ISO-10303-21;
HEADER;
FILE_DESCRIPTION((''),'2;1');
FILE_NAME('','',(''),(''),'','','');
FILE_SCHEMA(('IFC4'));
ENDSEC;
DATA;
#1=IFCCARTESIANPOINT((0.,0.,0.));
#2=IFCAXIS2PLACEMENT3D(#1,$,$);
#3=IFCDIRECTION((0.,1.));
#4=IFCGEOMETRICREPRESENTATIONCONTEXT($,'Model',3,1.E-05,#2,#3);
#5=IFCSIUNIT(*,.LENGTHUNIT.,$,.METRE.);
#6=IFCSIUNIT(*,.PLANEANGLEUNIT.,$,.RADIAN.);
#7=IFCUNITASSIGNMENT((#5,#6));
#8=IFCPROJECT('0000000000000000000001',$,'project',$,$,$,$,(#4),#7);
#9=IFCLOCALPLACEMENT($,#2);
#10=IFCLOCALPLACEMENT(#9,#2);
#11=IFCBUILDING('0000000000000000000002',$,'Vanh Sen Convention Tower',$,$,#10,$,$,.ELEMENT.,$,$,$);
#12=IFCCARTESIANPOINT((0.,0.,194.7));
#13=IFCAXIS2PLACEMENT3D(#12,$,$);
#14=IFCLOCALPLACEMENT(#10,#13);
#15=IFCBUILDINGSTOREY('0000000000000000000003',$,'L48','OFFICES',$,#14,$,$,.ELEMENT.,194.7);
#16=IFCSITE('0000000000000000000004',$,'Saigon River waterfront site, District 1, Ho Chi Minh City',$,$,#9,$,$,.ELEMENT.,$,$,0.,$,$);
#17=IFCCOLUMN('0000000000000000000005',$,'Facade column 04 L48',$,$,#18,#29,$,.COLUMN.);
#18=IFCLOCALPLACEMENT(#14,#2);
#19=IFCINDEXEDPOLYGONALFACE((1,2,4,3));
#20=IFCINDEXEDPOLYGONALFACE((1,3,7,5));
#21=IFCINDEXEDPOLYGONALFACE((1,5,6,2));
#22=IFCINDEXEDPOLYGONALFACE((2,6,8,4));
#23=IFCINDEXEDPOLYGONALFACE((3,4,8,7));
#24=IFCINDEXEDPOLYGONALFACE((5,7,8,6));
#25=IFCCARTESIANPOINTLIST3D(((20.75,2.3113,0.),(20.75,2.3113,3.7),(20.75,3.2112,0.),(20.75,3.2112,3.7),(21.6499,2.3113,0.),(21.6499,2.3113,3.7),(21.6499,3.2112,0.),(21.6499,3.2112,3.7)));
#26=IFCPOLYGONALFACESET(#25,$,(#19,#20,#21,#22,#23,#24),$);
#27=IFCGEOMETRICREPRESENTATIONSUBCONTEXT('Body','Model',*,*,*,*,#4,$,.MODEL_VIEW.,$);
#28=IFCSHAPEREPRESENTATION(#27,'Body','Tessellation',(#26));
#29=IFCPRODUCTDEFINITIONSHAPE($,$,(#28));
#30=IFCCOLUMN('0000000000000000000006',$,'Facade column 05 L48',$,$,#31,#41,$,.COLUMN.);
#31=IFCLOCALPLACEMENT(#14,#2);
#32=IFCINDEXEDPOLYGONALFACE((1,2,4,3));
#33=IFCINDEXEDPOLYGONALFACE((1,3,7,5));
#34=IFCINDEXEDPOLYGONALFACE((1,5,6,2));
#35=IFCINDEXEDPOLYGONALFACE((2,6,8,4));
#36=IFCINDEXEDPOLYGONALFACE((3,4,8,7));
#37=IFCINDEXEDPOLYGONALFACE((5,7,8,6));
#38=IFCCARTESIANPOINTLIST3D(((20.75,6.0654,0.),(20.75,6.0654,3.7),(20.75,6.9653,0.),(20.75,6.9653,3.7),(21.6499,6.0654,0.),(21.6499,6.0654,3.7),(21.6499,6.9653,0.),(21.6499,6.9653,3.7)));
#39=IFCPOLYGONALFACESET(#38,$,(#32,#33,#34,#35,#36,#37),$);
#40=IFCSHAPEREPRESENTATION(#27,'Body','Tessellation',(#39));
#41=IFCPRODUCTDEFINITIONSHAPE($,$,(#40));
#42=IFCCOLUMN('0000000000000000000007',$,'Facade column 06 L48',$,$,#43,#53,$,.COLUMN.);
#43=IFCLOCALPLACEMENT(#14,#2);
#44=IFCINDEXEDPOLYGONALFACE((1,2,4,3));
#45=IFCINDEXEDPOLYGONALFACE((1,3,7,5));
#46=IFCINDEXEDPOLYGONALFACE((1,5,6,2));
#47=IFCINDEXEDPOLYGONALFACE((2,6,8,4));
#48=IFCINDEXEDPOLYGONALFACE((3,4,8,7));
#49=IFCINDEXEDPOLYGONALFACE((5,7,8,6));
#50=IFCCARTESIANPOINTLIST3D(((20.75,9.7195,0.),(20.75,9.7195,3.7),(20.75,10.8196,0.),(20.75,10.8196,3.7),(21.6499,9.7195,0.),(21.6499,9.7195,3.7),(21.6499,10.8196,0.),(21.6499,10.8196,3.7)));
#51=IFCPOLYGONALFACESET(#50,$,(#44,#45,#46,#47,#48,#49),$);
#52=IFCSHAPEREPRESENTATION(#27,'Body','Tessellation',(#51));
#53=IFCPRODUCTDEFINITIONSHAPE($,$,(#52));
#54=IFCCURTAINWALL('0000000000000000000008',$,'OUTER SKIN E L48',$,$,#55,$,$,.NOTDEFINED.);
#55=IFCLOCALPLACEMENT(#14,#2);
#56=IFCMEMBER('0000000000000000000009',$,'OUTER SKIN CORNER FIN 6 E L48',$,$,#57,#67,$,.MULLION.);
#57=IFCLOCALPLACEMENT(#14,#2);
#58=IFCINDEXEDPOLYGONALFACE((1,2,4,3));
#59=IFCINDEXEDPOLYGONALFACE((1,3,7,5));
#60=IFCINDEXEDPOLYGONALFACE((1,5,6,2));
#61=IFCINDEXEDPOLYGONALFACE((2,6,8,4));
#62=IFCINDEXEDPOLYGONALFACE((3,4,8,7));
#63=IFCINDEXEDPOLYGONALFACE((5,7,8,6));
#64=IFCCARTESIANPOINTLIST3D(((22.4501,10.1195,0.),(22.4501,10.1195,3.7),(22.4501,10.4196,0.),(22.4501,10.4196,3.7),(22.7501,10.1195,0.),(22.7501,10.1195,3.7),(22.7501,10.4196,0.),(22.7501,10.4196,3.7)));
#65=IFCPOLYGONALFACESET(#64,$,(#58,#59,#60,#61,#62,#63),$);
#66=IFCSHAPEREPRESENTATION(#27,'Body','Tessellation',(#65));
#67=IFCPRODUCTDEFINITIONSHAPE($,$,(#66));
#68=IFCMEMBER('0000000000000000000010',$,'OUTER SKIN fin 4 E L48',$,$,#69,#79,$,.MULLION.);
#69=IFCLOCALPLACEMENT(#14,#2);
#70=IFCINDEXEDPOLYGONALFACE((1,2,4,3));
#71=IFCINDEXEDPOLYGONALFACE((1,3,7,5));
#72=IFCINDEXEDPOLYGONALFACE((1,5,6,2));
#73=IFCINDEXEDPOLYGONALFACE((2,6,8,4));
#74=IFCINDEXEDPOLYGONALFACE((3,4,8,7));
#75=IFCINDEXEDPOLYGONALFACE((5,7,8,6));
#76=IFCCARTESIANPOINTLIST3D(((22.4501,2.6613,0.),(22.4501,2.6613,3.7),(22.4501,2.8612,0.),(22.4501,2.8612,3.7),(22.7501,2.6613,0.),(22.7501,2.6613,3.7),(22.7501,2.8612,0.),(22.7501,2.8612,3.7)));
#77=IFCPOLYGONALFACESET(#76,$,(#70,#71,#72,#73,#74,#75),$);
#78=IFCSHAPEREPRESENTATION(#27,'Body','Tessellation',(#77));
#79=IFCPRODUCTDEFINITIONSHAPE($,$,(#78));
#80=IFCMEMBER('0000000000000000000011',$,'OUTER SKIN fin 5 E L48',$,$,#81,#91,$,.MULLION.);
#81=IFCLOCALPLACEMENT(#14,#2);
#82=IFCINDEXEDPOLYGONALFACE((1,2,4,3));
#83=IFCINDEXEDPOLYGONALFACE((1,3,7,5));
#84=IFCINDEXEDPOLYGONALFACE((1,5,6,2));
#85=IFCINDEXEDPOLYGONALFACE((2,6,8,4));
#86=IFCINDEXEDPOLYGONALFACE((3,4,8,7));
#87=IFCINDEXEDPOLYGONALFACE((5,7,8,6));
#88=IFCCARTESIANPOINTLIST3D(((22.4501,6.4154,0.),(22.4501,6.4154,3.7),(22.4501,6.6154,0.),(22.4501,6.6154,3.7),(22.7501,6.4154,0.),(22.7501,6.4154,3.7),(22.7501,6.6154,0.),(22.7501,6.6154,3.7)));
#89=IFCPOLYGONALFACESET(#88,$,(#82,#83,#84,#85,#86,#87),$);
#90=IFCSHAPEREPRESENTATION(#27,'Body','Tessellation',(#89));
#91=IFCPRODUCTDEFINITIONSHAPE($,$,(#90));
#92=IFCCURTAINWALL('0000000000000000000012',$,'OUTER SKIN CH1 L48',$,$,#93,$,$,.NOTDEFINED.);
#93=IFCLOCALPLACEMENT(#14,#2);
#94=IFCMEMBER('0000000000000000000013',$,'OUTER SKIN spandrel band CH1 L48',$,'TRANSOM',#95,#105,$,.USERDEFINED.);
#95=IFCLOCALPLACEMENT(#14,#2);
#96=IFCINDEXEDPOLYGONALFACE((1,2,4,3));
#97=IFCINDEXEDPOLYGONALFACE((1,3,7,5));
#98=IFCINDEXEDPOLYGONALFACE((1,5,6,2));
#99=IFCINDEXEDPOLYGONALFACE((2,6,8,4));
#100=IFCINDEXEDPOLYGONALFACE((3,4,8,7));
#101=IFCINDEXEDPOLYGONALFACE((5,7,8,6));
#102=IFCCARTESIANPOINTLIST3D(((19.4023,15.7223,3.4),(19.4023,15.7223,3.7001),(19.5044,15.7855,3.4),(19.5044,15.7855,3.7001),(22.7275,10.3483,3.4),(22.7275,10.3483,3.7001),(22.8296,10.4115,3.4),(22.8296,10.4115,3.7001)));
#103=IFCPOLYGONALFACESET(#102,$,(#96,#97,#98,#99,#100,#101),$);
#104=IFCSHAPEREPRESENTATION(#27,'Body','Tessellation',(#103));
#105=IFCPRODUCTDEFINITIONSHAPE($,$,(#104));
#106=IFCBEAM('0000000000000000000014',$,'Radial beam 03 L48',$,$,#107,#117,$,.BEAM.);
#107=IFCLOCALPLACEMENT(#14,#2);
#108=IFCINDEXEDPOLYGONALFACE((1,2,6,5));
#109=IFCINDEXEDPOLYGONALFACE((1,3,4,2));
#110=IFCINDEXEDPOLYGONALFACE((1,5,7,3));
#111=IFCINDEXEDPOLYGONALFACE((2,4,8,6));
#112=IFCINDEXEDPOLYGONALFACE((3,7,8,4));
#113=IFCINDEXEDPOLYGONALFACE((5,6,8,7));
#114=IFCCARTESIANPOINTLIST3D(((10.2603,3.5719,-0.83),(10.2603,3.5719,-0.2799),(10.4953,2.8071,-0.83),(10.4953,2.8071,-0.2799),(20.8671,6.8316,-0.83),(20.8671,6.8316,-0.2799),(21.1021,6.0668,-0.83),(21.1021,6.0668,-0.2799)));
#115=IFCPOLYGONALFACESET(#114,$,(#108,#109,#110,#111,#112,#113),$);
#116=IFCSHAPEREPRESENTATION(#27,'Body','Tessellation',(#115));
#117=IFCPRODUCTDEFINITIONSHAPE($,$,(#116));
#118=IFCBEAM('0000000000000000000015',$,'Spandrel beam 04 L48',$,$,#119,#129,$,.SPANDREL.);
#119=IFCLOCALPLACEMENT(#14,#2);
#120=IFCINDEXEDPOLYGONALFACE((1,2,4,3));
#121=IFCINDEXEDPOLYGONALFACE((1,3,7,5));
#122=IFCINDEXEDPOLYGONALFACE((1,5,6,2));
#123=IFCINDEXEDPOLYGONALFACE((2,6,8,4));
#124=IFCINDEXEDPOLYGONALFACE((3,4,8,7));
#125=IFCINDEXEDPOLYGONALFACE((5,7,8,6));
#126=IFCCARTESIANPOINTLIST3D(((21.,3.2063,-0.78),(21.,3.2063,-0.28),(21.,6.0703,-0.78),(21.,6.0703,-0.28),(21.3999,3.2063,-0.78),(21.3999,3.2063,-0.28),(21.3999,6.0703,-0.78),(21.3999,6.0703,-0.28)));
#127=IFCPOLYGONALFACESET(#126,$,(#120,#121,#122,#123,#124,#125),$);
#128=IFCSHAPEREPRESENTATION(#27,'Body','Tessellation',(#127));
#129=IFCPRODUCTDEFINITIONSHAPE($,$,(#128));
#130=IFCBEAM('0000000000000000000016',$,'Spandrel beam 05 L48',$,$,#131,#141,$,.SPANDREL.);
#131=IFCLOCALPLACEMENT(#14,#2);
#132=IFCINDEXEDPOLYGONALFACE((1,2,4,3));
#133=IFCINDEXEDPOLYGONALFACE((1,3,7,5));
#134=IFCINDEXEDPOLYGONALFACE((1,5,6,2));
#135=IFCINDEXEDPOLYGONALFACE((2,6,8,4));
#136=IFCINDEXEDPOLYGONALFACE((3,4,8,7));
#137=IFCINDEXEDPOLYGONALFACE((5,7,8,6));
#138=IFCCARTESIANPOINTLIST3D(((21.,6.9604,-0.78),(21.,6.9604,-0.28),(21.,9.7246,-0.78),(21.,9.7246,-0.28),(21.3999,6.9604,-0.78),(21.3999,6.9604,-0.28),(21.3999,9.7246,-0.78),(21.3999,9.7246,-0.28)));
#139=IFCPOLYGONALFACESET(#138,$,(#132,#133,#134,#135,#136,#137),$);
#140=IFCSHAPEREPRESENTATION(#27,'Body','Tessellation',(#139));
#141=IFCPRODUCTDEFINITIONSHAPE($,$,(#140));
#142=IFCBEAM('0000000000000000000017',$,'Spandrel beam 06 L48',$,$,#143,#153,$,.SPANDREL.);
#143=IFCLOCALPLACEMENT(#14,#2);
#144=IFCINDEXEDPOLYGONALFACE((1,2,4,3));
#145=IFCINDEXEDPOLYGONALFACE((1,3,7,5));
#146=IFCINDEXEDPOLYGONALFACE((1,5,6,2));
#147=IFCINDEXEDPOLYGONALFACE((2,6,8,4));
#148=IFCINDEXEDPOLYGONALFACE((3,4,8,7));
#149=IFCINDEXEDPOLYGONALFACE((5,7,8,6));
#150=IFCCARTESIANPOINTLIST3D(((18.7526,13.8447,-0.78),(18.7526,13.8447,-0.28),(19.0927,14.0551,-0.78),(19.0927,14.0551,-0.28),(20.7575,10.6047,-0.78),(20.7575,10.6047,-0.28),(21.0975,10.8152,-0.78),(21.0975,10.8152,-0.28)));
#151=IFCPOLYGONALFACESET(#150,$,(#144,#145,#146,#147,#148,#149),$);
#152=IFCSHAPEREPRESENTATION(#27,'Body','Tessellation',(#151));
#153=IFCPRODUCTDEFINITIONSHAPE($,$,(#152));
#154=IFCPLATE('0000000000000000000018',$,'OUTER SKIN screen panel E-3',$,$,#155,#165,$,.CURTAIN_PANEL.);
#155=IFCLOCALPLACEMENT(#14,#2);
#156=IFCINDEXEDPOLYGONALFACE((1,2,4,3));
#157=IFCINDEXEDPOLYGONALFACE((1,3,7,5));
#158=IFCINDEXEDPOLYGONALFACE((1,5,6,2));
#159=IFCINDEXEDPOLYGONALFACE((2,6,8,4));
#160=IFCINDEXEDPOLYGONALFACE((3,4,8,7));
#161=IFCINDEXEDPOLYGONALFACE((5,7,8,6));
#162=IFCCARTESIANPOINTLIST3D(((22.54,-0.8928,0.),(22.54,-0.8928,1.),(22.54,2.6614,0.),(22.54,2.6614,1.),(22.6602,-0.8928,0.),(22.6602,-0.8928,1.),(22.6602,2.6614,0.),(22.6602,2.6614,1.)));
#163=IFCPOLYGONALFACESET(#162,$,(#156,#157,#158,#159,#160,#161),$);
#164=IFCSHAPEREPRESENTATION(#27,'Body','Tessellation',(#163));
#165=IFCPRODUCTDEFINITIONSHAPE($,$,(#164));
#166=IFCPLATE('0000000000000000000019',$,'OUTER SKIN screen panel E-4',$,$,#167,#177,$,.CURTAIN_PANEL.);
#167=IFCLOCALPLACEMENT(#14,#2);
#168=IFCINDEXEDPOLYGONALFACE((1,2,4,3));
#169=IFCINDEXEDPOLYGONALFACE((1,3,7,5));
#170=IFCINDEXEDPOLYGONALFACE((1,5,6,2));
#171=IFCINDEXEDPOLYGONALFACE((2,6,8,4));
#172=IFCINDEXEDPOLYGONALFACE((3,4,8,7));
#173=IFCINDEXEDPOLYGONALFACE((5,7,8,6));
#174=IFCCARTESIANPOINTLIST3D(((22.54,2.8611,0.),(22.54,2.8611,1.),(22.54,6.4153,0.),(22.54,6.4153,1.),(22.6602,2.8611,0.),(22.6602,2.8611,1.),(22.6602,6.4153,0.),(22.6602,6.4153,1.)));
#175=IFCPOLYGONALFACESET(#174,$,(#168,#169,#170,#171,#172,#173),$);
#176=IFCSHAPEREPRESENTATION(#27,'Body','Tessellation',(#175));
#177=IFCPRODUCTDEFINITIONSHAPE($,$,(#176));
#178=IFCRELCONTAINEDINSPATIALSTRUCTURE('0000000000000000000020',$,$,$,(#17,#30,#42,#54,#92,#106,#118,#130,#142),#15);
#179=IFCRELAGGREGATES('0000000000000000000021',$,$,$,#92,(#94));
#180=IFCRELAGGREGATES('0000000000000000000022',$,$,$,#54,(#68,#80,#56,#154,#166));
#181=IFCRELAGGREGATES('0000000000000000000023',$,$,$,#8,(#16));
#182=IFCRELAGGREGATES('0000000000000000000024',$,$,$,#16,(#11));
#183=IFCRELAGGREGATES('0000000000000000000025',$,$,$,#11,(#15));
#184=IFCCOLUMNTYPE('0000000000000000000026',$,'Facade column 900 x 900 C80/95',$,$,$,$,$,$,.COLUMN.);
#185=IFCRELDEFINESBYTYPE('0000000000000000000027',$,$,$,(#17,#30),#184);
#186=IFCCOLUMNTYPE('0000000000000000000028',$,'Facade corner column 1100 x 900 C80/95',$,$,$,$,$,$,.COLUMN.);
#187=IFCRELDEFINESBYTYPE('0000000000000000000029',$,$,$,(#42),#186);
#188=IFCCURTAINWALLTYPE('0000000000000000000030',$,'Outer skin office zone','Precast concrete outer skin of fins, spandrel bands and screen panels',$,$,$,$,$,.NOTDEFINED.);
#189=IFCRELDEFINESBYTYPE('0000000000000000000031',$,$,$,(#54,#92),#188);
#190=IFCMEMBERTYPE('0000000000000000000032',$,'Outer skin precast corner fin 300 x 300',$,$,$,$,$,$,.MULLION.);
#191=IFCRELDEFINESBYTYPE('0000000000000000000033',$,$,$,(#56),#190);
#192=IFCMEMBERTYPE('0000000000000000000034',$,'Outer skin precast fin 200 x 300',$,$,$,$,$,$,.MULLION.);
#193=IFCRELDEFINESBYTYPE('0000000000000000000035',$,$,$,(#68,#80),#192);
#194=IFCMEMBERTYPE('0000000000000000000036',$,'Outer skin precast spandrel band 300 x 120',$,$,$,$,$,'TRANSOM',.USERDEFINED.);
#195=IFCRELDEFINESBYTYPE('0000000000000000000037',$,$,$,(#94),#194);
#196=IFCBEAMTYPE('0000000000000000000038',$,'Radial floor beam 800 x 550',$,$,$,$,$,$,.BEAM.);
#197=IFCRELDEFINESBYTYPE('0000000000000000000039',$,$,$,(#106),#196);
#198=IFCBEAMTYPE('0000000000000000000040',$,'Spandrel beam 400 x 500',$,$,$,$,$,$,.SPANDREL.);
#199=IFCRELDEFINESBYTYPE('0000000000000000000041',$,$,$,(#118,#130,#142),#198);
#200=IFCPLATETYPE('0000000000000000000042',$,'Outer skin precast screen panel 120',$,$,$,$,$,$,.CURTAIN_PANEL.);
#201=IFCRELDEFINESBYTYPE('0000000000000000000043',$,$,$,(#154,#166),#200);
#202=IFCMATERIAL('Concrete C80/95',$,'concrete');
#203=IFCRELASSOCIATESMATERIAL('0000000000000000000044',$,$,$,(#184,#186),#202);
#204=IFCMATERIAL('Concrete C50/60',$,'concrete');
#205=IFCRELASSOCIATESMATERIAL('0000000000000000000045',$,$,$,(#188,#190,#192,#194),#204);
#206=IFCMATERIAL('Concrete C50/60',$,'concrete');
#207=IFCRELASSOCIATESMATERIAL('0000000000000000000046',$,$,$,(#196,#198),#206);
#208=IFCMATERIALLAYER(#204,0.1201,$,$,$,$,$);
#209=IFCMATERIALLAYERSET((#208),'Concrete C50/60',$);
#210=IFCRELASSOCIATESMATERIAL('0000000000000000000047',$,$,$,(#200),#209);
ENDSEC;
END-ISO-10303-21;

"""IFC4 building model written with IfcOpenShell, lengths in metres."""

from ifc_helpers import new_model, si_unit, direction, frame, origin, origin_2d, place, context, subcontext, project, spatial, rectangle, extrude, material, layer, layer_set, material_profile, profile_set, type_object, element, aggregate, save


model = new_model("IFC4")

# Units and contexts
model_context = context("Model", 3, precision=1e-05, world=origin(), true_north=direction((0.0, 1.0)))
body_context = subcontext(model_context, "Body", "Model", "MODEL_VIEW")
ifc_project = project(units=[si_unit("LENGTHUNIT", "METRE"), si_unit("PLANEANGLEUNIT", "RADIAN")], contexts=[model_context])

# Site, building, storey
site_placement = place(None, origin())
site = spatial("IfcSite", under=ifc_project, at=site_placement, Name="Saigon River waterfront site, District 1, Ho Chi Minh City", CompositionType="ELEMENT", RefElevation=0.0)
building_placement = place(site_placement, origin())
building = spatial("IfcBuilding", under=site, at=building_placement, Name="Vanh Sen Convention Tower", CompositionType="ELEMENT")
storey_placement = place(building_placement, frame((0.0, 0.0, 194.7)))
storey = spatial("IfcBuildingStorey", under=building, at=storey_placement, Name="L48", Description="OFFICES", CompositionType="ELEMENT", Elevation=194.7)

# Columns
ifc_material_1 = material(Name="Concrete C80/95", Category="concrete")
ifc_material_profile_1 = material_profile(ifc_material_1, rectangle(XDim=0.8999, YDim=0.8999, at=origin_2d()), Name="RC 900X900")
ifc_profile_set_1 = profile_set([ifc_material_profile_1], Name="Concrete C80/95")
column_type_1 = type_object("IfcColumnType", Name="Facade column 900 x 900 C80/95", PredefinedType="COLUMN", material=ifc_profile_set_1)
for number, where, z_axis, x_axis, name in (
    (1, (21.2, 2.7612, 0.0), (0.0, 0.0, 1.0), (0.0, 1.0, 0.0), "Facade column 04 L48"),
    (2, (21.2, 6.5154, 0.0), (0.0, 0.0, 1.0), (0.0, 1.0, 0.0), "Facade column 05 L48"),
):
    element("IfcColumn", number, at=place(storey_placement, frame(where, z_axis=z_axis, x_axis=x_axis)), inside=storey, type_object=column_type_1, Name=name, PredefinedType="COLUMN", context=body_context, shape_type="SweptSolid", body=[
        extrude(rectangle(XDim=0.8999, YDim=0.8999, at=origin_2d()), origin(), (0.0, 0.0, 1.0), 3.7),
    ])
ifc_material_profile_2 = material_profile(ifc_material_1, rectangle(XDim=1.1001, YDim=0.8999, at=origin_2d()), Name="RC 1100X900")
ifc_profile_set_2 = profile_set([ifc_material_profile_2], Name="Concrete C80/95")
column_type_2 = type_object("IfcColumnType", Name="Facade corner column 1100 x 900 C80/95", PredefinedType="COLUMN", material=ifc_profile_set_2)
column_placement = place(storey_placement, frame((21.2, 10.2695, 0.0), z_axis=(0.0, 0.0, 1.0), x_axis=(0.0, 1.0, 0.0)))
element("IfcColumn", 3, at=column_placement, inside=storey, type_object=column_type_2, Name="Facade column 06 L48", PredefinedType="COLUMN", context=body_context, shape_type="SweptSolid", body=[
    extrude(rectangle(XDim=1.1001, YDim=0.8999, at=origin_2d()), origin(), (0.0, 0.0, 1.0), 3.7),
])

# Curtain wall, members
ifc_material_2 = material(Name="Concrete C50/60", Category="concrete")
curtain_wall_type = type_object("IfcCurtainWallType", Name="Outer skin office zone", Description="Precast concrete outer skin of fins, spandrel bands and screen panels", PredefinedType="NOTDEFINED", material=ifc_material_2)
curtain_wall_1_placement = place(storey_placement, origin())
curtain_wall_1 = element("IfcCurtainWall", 4, at=curtain_wall_1_placement, inside=storey, type_object=curtain_wall_type, Name="OUTER SKIN E L48", PredefinedType="NOTDEFINED")
ifc_material_profile_3 = material_profile(ifc_material_2, rectangle(XDim=0.3, YDim=0.3, at=origin_2d()), Name="Outer skin precast corner fin 300 x 300")
ifc_profile_set_3 = profile_set([ifc_material_profile_3], Name="Concrete C50/60")
member_type_1 = type_object("IfcMemberType", Name="Outer skin precast corner fin 300 x 300", PredefinedType="MULLION", material=ifc_profile_set_3)
member_1_placement = place(storey_placement, frame((22.6001, 10.2695, 0.0), z_axis=(0.0, 0.0, 1.0), x_axis=(0.0, 1.0, 0.0)))
member_1 = element("IfcMember", 5, at=member_1_placement, type_object=member_type_1, Name="OUTER SKIN CORNER FIN 6 E L48", PredefinedType="MULLION", context=body_context, shape_type="SweptSolid", body=[
    extrude(rectangle(XDim=0.3, YDim=0.3, at=origin_2d()), origin(), (0.0, 0.0, 1.0), 3.7),
])
ifc_material_profile_4 = material_profile(ifc_material_2, rectangle(XDim=0.2, YDim=0.3, at=origin_2d()), Name="Outer skin precast fin 200 x 300")
ifc_profile_set_4 = profile_set([ifc_material_profile_4], Name="Concrete C50/60")
member_type_2 = type_object("IfcMemberType", Name="Outer skin precast fin 200 x 300", PredefinedType="MULLION", material=ifc_profile_set_4)
member_2_placement = place(storey_placement, frame((22.6001, 2.7612, 0.0), z_axis=(0.0, 0.0, 1.0), x_axis=(0.0, 1.0, 0.0)))
member_2 = element("IfcMember", 6, at=member_2_placement, type_object=member_type_2, Name="OUTER SKIN fin 4 E L48", PredefinedType="MULLION", context=body_context, shape_type="SweptSolid", body=[
    extrude(rectangle(XDim=0.2, YDim=0.3, at=origin_2d()), origin(), (0.0, 0.0, 1.0), 3.7),
])
member_3_placement = place(storey_placement, frame((22.6001, 6.5154, 0.0), z_axis=(0.0, 0.0, 1.0), x_axis=(0.0, 1.0, 0.0)))
member_3 = element("IfcMember", 7, at=member_3_placement, type_object=member_type_2, Name="OUTER SKIN fin 5 E L48", PredefinedType="MULLION", context=body_context, shape_type="SweptSolid", body=[
    extrude(rectangle(XDim=0.2, YDim=0.3, at=origin_2d()), origin(), (0.0, 0.0, 1.0), 3.7),
])

# Curtain wall, member
curtain_wall_2_placement = place(storey_placement, origin())
curtain_wall_2 = element("IfcCurtainWall", 8, at=curtain_wall_2_placement, inside=storey, type_object=curtain_wall_type, Name="OUTER SKIN CH1 L48", PredefinedType="NOTDEFINED")
ifc_material_profile_5 = material_profile(ifc_material_2, rectangle(XDim=0.1201, YDim=0.3, at=origin_2d()), Name="Outer skin precast spandrel band 300 x 120")
ifc_profile_set_5 = profile_set([ifc_material_profile_5], Name="Concrete C50/60")
member_type_3 = type_object("IfcMemberType", Name="Outer skin precast spandrel band 300 x 120", ElementType="TRANSOM", PredefinedType="USERDEFINED", material=ifc_profile_set_5)
member_4_placement = place(storey_placement, frame((22.7786, 10.3799, 3.55), z_axis=(-0.526174, 0.850377, 0.0), x_axis=(-0.850377, -0.526174, 0.0)))
member_4 = element("IfcMember", 9, at=member_4_placement, type_object=member_type_3, Name="OUTER SKIN spandrel band CH1 L48", ObjectType="TRANSOM", PredefinedType="USERDEFINED", context=body_context, shape_type="SweptSolid", body=[
    extrude(rectangle(XDim=0.1201, YDim=0.3, at=origin_2d()), origin(), (0.0, 0.0, 1.0), 6.3196),
])
aggregate(curtain_wall_2, [member_4])

# Beams
ifc_material_3 = material(Name="Concrete C50/60", Category="concrete")
ifc_material_profile_6 = material_profile(ifc_material_3, rectangle(XDim=0.8, YDim=0.55, at=origin_2d()), Name="RC 800X550")
ifc_profile_set_6 = profile_set([ifc_material_profile_6], Name="Concrete C50/60")
beam_type_1 = type_object("IfcBeamType", Name="Radial floor beam 800 x 550", PredefinedType="BEAM", material=ifc_profile_set_6)
beam_1_placement = place(storey_placement, frame((20.9846, 6.4492, -0.5549), z_axis=(-0.955878, -0.293764, 0.0), x_axis=(0.293764, -0.955878, 0.0)))
element("IfcBeam", 10, at=beam_1_placement, inside=storey, type_object=beam_type_1, Name="Radial beam 03 L48", PredefinedType="BEAM", context=body_context, shape_type="SweptSolid", body=[
    extrude(rectangle(XDim=0.8, YDim=0.55, at=origin_2d()), origin(), (0.0, 0.0, 1.0), 11.0964),
])
ifc_material_profile_7 = material_profile(ifc_material_3, rectangle(XDim=0.3999, YDim=0.5, at=origin_2d()), Name="RC 400X500")
ifc_profile_set_7 = profile_set([ifc_material_profile_7], Name="Concrete C50/60")
beam_type_2 = type_object("IfcBeamType", Name="Spandrel beam 400 x 500", PredefinedType="SPANDREL", material=ifc_profile_set_7)
beam_2_placement = place(storey_placement, frame((21.2, 3.2063, -0.53), z_axis=(0.0, 1.0, 0.0), x_axis=(-1.0, 0.0, 0.0)))
element("IfcBeam", 11, at=beam_2_placement, inside=storey, type_object=beam_type_2, Name="Spandrel beam 04 L48", PredefinedType="SPANDREL", context=body_context, shape_type="SweptSolid", body=[
    extrude(rectangle(XDim=0.3999, YDim=0.5, at=origin_2d()), origin(), (0.0, 0.0, 1.0), 2.864),
])
beam_3_placement = place(storey_placement, frame((21.2, 6.9604, -0.53), z_axis=(0.0, 1.0, 0.0), x_axis=(-1.0, 0.0, 0.0)))
element("IfcBeam", 12, at=beam_3_placement, inside=storey, type_object=beam_type_2, Name="Spandrel beam 05 L48", PredefinedType="SPANDREL", context=body_context, shape_type="SweptSolid", body=[
    extrude(rectangle(XDim=0.3999, YDim=0.5, at=origin_2d()), origin(), (0.0, 0.0, 1.0), 2.7642),
])
beam_4_placement = place(storey_placement, frame((20.9275, 10.71, -0.53), z_axis=(-0.526198, 0.850362, 0.0), x_axis=(-0.850362, -0.526198, 0.0)))
element("IfcBeam", 13, at=beam_4_placement, inside=storey, type_object=beam_type_2, Name="Spandrel beam 06 L48", PredefinedType="SPANDREL", context=body_context, shape_type="SweptSolid", body=[
    extrude(rectangle(XDim=0.3999, YDim=0.5, at=origin_2d()), origin(), (0.0, 0.0, 1.0), 3.8101),
])

# Plates
ifc_layer_1 = layer(ifc_material_2, 0.1201)
ifc_layer_set_1 = layer_set([ifc_layer_1], Name="Concrete C50/60")
plate_type = type_object("IfcPlateType", Name="Outer skin precast screen panel 120", PredefinedType="CURTAIN_PANEL", material=ifc_layer_set_1)
plate_1_placement = place(storey_placement, frame((22.6001, 0.8843, 0.0), z_axis=(0.0, 0.0, 1.0), x_axis=(0.0, 1.0, 0.0)))
plate_1 = element("IfcPlate", 14, at=plate_1_placement, type_object=plate_type, Name="OUTER SKIN screen panel E-3", PredefinedType="CURTAIN_PANEL", context=body_context, shape_type="SweptSolid", body=[
    extrude(rectangle(XDim=3.5542, YDim=0.1201, at=origin_2d()), origin(), (0.0, 0.0, 1.0), 1.0),
])
plate_2_placement = place(storey_placement, frame((22.6001, 4.6382, 0.0), z_axis=(0.0, 0.0, 1.0), x_axis=(0.0, 1.0, 0.0)))
plate_2 = element("IfcPlate", 15, at=plate_2_placement, type_object=plate_type, Name="OUTER SKIN screen panel E-4", PredefinedType="CURTAIN_PANEL", context=body_context, shape_type="SweptSolid", body=[
    extrude(rectangle(XDim=3.5542, YDim=0.1201, at=origin_2d()), origin(), (0.0, 0.0, 1.0), 1.0),
])
aggregate(curtain_wall_1, [member_2, member_3, member_1, plate_1, plate_2])

save(model, "model.ifc")
